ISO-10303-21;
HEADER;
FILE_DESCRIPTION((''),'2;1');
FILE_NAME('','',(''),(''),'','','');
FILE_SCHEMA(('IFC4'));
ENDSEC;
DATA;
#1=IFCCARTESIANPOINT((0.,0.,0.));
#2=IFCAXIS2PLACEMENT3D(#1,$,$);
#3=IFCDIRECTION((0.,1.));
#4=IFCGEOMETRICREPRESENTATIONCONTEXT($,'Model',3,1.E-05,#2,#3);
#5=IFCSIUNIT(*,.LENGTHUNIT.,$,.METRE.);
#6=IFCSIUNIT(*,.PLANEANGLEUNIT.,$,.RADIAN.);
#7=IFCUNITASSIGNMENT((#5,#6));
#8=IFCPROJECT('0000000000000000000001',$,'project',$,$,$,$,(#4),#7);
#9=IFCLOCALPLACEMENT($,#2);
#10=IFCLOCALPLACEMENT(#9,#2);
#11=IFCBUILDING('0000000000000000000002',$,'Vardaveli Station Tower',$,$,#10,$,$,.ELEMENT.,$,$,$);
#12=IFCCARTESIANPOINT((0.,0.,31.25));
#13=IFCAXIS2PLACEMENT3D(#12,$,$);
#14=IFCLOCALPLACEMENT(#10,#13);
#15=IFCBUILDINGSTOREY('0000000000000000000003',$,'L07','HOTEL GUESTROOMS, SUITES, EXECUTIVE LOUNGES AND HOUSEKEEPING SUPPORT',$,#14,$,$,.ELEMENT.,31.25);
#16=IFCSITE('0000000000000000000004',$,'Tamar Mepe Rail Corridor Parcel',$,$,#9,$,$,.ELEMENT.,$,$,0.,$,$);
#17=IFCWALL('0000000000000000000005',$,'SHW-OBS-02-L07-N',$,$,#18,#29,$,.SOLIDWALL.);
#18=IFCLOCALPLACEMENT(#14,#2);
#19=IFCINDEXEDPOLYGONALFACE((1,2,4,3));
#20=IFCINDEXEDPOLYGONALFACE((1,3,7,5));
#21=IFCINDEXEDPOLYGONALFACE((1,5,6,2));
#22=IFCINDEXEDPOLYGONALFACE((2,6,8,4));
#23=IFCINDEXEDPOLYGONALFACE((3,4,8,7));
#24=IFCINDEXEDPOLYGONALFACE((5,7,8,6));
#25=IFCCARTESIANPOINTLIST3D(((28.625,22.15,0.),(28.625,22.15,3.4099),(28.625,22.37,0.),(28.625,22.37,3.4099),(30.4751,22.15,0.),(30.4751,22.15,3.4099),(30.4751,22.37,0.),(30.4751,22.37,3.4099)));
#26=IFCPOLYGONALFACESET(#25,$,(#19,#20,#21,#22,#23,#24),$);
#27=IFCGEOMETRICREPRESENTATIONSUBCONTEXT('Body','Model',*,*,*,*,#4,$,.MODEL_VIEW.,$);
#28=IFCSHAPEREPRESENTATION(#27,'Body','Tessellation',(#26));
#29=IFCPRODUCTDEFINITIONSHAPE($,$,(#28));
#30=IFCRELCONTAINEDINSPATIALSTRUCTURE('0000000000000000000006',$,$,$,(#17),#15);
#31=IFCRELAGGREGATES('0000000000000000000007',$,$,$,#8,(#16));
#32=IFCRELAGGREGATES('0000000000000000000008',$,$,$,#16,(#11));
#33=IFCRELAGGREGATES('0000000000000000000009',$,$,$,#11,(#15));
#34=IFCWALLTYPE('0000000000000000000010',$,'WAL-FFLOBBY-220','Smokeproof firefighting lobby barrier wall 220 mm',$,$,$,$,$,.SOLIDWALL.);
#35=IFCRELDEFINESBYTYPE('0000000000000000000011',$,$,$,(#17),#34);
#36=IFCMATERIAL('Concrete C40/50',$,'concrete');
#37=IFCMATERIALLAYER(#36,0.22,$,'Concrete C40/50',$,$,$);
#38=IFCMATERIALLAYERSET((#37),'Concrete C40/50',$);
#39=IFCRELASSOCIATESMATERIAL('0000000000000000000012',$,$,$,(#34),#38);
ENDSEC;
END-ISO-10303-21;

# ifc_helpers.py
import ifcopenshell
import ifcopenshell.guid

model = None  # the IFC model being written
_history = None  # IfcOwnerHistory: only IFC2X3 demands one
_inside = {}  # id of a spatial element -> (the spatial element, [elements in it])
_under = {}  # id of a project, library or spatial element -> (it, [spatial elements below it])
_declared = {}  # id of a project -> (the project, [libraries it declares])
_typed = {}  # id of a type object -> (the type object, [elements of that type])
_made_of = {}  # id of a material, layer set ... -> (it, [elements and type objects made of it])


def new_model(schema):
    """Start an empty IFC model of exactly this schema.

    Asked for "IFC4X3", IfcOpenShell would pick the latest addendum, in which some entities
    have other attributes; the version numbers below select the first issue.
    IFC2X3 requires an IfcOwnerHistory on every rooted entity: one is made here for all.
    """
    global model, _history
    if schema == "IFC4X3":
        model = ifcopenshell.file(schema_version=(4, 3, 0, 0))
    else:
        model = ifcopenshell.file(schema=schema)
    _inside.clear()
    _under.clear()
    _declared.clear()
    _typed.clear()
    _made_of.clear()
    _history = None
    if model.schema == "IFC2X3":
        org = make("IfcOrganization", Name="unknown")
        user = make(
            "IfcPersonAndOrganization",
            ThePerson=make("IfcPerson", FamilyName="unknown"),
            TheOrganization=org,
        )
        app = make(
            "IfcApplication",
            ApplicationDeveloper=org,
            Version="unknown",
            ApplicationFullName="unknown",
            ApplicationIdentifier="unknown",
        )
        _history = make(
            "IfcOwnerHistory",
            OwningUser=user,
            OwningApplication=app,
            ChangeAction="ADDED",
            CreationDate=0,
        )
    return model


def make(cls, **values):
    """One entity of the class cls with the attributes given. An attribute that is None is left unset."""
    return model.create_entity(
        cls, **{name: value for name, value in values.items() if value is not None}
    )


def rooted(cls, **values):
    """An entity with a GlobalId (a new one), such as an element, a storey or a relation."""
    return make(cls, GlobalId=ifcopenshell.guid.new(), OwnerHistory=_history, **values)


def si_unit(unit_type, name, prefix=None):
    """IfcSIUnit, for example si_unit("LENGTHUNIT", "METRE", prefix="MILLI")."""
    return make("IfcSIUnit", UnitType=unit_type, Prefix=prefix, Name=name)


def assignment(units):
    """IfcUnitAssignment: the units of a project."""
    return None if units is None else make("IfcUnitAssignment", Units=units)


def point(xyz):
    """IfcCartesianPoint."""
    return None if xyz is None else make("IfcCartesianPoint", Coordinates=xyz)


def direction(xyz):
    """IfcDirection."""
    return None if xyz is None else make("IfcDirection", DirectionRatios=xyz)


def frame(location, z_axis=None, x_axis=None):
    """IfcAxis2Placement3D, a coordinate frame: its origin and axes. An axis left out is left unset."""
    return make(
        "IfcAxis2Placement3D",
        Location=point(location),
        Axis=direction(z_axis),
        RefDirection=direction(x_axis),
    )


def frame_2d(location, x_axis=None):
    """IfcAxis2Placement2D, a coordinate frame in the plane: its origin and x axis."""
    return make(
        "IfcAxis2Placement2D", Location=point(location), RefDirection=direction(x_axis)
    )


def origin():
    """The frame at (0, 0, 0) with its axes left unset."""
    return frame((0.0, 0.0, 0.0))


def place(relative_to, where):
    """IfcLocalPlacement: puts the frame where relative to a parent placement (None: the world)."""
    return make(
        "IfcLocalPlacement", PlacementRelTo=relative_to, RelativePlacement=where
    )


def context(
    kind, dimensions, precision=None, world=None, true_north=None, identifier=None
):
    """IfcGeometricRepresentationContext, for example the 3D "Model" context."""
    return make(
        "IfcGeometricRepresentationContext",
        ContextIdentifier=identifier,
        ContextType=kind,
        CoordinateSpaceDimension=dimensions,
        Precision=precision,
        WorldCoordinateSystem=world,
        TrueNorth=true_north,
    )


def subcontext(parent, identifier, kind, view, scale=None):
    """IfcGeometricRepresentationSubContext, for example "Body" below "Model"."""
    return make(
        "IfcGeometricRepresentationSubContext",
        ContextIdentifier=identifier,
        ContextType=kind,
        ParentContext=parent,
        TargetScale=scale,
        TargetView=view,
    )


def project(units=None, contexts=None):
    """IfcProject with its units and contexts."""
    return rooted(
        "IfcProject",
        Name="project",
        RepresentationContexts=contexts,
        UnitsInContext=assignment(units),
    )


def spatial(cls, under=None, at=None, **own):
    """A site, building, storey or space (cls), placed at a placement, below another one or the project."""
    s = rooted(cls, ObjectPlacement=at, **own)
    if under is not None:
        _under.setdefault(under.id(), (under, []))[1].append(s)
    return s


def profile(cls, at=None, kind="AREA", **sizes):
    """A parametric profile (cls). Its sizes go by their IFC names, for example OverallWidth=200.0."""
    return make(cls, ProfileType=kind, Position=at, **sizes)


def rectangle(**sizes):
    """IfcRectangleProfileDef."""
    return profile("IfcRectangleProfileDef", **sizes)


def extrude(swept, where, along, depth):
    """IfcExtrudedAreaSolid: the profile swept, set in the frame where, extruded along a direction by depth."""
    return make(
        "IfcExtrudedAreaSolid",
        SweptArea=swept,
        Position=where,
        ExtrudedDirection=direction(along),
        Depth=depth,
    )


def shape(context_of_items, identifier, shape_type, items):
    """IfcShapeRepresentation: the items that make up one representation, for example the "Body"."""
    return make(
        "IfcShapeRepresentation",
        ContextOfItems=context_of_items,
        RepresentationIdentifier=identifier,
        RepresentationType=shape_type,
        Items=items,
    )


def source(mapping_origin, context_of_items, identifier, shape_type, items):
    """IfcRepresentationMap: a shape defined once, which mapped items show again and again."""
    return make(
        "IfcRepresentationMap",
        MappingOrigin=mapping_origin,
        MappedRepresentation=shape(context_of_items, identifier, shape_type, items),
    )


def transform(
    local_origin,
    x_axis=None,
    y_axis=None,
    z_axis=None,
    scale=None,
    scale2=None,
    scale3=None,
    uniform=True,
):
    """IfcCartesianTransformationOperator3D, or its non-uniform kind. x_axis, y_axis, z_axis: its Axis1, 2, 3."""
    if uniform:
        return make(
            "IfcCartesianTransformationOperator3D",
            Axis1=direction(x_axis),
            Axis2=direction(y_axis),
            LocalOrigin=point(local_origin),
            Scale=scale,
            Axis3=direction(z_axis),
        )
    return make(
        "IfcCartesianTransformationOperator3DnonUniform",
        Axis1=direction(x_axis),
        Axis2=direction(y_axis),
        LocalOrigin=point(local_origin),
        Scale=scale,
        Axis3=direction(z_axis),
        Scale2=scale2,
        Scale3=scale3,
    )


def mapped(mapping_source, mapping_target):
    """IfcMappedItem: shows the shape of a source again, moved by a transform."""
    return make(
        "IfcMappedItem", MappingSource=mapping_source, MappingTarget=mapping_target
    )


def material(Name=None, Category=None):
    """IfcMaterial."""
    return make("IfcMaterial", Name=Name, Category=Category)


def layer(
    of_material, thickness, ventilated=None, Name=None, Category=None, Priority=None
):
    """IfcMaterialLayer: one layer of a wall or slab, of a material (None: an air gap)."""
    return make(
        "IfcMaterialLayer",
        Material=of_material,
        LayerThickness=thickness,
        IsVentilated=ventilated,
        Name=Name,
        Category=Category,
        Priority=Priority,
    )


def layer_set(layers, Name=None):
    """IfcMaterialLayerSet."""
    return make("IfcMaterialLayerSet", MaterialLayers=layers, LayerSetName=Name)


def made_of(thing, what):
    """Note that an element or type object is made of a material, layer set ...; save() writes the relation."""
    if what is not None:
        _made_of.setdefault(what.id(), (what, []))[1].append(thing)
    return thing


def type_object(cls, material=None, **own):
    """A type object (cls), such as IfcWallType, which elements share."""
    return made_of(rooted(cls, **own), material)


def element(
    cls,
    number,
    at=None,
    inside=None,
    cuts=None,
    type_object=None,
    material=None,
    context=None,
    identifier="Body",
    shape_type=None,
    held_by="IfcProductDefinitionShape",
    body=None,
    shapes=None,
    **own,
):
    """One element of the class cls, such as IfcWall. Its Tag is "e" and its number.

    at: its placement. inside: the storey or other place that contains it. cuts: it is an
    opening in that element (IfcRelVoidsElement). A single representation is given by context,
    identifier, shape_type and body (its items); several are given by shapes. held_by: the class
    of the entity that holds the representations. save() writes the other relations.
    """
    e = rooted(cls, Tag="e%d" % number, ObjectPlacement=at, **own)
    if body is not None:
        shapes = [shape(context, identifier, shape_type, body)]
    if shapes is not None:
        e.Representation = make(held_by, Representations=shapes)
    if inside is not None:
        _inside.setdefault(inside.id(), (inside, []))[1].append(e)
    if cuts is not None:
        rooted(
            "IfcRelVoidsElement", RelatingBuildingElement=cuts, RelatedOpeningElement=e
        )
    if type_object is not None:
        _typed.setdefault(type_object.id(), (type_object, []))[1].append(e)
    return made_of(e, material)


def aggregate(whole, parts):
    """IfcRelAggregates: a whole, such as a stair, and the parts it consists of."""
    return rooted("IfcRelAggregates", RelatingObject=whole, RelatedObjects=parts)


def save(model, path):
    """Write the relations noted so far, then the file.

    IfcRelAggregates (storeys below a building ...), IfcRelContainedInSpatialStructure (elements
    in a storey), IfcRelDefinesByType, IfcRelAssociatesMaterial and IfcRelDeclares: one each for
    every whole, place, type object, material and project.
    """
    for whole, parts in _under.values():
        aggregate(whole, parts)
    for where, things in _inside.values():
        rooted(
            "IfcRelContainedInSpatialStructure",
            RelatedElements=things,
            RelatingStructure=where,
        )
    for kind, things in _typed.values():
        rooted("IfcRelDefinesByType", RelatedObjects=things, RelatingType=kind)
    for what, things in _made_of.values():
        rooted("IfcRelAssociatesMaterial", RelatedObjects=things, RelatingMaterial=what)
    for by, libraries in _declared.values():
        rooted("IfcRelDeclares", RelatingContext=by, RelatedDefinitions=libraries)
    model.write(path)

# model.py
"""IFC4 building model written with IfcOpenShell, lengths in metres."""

from ifc_helpers import new_model, si_unit, direction, frame, frame_2d, origin, place, context, subcontext, project, spatial, rectangle, extrude, source, transform, mapped, material, layer, layer_set, type_object, element, save


model = new_model("IFC4")

# Units and contexts
model_context = context("Model", 3, precision=1e-05, world=origin(), true_north=direction((0.0, 1.0)))
body_context = subcontext(model_context, "Body", "Model", "MODEL_VIEW")
ifc_project = project(units=[si_unit("LENGTHUNIT", "METRE"), si_unit("PLANEANGLEUNIT", "RADIAN")], contexts=[model_context])

# Site, building, storey
site_placement = place(None, origin())
site = spatial("IfcSite", under=ifc_project, at=site_placement, Name="Tamar Mepe Rail Corridor Parcel", CompositionType="ELEMENT", RefElevation=0.0)
building_placement = place(site_placement, origin())
building = spatial("IfcBuilding", under=site, at=building_placement, Name="Vardaveli Station Tower", CompositionType="ELEMENT")
storey_placement = place(building_placement, frame((0.0, 0.0, 31.25)))
storey = spatial("IfcBuildingStorey", under=building, at=storey_placement, Name="L07", Description="HOTEL GUESTROOMS, SUITES, EXECUTIVE LOUNGES AND HOUSEKEEPING SUPPORT", CompositionType="ELEMENT", Elevation=31.25)

# Shared definitions
ifc_material_1 = material(Name="Concrete C40/50", Category="concrete")
ifc_layer = layer(ifc_material_1, 0.22, Name="Concrete C40/50")
ifc_layer_set = layer_set([ifc_layer], Name="Concrete C40/50")
wall_type = type_object("IfcWallType", Name="WAL-FFLOBBY-220", Description="Smokeproof firefighting lobby barrier wall 220 mm", PredefinedType="SOLIDWALL", material=ifc_layer_set)

# Wall
shared_shape_1 = source(origin(), body_context, "Body", "SweptSolid", [
    extrude(rectangle(XDim=1.8501, YDim=0.22, at=frame_2d((0.925, 0.0))), origin(), (0.0, 0.0, 1.0), 3.4099),
])
wall_1_placement = place(storey_placement, frame((28.625, 22.26, 0.0), z_axis=(0.0, 0.0, 1.0), x_axis=(1.0, 0.0, 0.0)))
element("IfcWall", 1, at=wall_1_placement, inside=storey, type_object=wall_type, Name="SHW-OBS-02-L07-N", PredefinedType="SOLIDWALL", context=body_context, shape_type="MappedRepresentation", body=[
    mapped(shared_shape_1, transform((0.0, 0.0, 0.0), scale=1.0)),
])

save(model, "model.ifc")
